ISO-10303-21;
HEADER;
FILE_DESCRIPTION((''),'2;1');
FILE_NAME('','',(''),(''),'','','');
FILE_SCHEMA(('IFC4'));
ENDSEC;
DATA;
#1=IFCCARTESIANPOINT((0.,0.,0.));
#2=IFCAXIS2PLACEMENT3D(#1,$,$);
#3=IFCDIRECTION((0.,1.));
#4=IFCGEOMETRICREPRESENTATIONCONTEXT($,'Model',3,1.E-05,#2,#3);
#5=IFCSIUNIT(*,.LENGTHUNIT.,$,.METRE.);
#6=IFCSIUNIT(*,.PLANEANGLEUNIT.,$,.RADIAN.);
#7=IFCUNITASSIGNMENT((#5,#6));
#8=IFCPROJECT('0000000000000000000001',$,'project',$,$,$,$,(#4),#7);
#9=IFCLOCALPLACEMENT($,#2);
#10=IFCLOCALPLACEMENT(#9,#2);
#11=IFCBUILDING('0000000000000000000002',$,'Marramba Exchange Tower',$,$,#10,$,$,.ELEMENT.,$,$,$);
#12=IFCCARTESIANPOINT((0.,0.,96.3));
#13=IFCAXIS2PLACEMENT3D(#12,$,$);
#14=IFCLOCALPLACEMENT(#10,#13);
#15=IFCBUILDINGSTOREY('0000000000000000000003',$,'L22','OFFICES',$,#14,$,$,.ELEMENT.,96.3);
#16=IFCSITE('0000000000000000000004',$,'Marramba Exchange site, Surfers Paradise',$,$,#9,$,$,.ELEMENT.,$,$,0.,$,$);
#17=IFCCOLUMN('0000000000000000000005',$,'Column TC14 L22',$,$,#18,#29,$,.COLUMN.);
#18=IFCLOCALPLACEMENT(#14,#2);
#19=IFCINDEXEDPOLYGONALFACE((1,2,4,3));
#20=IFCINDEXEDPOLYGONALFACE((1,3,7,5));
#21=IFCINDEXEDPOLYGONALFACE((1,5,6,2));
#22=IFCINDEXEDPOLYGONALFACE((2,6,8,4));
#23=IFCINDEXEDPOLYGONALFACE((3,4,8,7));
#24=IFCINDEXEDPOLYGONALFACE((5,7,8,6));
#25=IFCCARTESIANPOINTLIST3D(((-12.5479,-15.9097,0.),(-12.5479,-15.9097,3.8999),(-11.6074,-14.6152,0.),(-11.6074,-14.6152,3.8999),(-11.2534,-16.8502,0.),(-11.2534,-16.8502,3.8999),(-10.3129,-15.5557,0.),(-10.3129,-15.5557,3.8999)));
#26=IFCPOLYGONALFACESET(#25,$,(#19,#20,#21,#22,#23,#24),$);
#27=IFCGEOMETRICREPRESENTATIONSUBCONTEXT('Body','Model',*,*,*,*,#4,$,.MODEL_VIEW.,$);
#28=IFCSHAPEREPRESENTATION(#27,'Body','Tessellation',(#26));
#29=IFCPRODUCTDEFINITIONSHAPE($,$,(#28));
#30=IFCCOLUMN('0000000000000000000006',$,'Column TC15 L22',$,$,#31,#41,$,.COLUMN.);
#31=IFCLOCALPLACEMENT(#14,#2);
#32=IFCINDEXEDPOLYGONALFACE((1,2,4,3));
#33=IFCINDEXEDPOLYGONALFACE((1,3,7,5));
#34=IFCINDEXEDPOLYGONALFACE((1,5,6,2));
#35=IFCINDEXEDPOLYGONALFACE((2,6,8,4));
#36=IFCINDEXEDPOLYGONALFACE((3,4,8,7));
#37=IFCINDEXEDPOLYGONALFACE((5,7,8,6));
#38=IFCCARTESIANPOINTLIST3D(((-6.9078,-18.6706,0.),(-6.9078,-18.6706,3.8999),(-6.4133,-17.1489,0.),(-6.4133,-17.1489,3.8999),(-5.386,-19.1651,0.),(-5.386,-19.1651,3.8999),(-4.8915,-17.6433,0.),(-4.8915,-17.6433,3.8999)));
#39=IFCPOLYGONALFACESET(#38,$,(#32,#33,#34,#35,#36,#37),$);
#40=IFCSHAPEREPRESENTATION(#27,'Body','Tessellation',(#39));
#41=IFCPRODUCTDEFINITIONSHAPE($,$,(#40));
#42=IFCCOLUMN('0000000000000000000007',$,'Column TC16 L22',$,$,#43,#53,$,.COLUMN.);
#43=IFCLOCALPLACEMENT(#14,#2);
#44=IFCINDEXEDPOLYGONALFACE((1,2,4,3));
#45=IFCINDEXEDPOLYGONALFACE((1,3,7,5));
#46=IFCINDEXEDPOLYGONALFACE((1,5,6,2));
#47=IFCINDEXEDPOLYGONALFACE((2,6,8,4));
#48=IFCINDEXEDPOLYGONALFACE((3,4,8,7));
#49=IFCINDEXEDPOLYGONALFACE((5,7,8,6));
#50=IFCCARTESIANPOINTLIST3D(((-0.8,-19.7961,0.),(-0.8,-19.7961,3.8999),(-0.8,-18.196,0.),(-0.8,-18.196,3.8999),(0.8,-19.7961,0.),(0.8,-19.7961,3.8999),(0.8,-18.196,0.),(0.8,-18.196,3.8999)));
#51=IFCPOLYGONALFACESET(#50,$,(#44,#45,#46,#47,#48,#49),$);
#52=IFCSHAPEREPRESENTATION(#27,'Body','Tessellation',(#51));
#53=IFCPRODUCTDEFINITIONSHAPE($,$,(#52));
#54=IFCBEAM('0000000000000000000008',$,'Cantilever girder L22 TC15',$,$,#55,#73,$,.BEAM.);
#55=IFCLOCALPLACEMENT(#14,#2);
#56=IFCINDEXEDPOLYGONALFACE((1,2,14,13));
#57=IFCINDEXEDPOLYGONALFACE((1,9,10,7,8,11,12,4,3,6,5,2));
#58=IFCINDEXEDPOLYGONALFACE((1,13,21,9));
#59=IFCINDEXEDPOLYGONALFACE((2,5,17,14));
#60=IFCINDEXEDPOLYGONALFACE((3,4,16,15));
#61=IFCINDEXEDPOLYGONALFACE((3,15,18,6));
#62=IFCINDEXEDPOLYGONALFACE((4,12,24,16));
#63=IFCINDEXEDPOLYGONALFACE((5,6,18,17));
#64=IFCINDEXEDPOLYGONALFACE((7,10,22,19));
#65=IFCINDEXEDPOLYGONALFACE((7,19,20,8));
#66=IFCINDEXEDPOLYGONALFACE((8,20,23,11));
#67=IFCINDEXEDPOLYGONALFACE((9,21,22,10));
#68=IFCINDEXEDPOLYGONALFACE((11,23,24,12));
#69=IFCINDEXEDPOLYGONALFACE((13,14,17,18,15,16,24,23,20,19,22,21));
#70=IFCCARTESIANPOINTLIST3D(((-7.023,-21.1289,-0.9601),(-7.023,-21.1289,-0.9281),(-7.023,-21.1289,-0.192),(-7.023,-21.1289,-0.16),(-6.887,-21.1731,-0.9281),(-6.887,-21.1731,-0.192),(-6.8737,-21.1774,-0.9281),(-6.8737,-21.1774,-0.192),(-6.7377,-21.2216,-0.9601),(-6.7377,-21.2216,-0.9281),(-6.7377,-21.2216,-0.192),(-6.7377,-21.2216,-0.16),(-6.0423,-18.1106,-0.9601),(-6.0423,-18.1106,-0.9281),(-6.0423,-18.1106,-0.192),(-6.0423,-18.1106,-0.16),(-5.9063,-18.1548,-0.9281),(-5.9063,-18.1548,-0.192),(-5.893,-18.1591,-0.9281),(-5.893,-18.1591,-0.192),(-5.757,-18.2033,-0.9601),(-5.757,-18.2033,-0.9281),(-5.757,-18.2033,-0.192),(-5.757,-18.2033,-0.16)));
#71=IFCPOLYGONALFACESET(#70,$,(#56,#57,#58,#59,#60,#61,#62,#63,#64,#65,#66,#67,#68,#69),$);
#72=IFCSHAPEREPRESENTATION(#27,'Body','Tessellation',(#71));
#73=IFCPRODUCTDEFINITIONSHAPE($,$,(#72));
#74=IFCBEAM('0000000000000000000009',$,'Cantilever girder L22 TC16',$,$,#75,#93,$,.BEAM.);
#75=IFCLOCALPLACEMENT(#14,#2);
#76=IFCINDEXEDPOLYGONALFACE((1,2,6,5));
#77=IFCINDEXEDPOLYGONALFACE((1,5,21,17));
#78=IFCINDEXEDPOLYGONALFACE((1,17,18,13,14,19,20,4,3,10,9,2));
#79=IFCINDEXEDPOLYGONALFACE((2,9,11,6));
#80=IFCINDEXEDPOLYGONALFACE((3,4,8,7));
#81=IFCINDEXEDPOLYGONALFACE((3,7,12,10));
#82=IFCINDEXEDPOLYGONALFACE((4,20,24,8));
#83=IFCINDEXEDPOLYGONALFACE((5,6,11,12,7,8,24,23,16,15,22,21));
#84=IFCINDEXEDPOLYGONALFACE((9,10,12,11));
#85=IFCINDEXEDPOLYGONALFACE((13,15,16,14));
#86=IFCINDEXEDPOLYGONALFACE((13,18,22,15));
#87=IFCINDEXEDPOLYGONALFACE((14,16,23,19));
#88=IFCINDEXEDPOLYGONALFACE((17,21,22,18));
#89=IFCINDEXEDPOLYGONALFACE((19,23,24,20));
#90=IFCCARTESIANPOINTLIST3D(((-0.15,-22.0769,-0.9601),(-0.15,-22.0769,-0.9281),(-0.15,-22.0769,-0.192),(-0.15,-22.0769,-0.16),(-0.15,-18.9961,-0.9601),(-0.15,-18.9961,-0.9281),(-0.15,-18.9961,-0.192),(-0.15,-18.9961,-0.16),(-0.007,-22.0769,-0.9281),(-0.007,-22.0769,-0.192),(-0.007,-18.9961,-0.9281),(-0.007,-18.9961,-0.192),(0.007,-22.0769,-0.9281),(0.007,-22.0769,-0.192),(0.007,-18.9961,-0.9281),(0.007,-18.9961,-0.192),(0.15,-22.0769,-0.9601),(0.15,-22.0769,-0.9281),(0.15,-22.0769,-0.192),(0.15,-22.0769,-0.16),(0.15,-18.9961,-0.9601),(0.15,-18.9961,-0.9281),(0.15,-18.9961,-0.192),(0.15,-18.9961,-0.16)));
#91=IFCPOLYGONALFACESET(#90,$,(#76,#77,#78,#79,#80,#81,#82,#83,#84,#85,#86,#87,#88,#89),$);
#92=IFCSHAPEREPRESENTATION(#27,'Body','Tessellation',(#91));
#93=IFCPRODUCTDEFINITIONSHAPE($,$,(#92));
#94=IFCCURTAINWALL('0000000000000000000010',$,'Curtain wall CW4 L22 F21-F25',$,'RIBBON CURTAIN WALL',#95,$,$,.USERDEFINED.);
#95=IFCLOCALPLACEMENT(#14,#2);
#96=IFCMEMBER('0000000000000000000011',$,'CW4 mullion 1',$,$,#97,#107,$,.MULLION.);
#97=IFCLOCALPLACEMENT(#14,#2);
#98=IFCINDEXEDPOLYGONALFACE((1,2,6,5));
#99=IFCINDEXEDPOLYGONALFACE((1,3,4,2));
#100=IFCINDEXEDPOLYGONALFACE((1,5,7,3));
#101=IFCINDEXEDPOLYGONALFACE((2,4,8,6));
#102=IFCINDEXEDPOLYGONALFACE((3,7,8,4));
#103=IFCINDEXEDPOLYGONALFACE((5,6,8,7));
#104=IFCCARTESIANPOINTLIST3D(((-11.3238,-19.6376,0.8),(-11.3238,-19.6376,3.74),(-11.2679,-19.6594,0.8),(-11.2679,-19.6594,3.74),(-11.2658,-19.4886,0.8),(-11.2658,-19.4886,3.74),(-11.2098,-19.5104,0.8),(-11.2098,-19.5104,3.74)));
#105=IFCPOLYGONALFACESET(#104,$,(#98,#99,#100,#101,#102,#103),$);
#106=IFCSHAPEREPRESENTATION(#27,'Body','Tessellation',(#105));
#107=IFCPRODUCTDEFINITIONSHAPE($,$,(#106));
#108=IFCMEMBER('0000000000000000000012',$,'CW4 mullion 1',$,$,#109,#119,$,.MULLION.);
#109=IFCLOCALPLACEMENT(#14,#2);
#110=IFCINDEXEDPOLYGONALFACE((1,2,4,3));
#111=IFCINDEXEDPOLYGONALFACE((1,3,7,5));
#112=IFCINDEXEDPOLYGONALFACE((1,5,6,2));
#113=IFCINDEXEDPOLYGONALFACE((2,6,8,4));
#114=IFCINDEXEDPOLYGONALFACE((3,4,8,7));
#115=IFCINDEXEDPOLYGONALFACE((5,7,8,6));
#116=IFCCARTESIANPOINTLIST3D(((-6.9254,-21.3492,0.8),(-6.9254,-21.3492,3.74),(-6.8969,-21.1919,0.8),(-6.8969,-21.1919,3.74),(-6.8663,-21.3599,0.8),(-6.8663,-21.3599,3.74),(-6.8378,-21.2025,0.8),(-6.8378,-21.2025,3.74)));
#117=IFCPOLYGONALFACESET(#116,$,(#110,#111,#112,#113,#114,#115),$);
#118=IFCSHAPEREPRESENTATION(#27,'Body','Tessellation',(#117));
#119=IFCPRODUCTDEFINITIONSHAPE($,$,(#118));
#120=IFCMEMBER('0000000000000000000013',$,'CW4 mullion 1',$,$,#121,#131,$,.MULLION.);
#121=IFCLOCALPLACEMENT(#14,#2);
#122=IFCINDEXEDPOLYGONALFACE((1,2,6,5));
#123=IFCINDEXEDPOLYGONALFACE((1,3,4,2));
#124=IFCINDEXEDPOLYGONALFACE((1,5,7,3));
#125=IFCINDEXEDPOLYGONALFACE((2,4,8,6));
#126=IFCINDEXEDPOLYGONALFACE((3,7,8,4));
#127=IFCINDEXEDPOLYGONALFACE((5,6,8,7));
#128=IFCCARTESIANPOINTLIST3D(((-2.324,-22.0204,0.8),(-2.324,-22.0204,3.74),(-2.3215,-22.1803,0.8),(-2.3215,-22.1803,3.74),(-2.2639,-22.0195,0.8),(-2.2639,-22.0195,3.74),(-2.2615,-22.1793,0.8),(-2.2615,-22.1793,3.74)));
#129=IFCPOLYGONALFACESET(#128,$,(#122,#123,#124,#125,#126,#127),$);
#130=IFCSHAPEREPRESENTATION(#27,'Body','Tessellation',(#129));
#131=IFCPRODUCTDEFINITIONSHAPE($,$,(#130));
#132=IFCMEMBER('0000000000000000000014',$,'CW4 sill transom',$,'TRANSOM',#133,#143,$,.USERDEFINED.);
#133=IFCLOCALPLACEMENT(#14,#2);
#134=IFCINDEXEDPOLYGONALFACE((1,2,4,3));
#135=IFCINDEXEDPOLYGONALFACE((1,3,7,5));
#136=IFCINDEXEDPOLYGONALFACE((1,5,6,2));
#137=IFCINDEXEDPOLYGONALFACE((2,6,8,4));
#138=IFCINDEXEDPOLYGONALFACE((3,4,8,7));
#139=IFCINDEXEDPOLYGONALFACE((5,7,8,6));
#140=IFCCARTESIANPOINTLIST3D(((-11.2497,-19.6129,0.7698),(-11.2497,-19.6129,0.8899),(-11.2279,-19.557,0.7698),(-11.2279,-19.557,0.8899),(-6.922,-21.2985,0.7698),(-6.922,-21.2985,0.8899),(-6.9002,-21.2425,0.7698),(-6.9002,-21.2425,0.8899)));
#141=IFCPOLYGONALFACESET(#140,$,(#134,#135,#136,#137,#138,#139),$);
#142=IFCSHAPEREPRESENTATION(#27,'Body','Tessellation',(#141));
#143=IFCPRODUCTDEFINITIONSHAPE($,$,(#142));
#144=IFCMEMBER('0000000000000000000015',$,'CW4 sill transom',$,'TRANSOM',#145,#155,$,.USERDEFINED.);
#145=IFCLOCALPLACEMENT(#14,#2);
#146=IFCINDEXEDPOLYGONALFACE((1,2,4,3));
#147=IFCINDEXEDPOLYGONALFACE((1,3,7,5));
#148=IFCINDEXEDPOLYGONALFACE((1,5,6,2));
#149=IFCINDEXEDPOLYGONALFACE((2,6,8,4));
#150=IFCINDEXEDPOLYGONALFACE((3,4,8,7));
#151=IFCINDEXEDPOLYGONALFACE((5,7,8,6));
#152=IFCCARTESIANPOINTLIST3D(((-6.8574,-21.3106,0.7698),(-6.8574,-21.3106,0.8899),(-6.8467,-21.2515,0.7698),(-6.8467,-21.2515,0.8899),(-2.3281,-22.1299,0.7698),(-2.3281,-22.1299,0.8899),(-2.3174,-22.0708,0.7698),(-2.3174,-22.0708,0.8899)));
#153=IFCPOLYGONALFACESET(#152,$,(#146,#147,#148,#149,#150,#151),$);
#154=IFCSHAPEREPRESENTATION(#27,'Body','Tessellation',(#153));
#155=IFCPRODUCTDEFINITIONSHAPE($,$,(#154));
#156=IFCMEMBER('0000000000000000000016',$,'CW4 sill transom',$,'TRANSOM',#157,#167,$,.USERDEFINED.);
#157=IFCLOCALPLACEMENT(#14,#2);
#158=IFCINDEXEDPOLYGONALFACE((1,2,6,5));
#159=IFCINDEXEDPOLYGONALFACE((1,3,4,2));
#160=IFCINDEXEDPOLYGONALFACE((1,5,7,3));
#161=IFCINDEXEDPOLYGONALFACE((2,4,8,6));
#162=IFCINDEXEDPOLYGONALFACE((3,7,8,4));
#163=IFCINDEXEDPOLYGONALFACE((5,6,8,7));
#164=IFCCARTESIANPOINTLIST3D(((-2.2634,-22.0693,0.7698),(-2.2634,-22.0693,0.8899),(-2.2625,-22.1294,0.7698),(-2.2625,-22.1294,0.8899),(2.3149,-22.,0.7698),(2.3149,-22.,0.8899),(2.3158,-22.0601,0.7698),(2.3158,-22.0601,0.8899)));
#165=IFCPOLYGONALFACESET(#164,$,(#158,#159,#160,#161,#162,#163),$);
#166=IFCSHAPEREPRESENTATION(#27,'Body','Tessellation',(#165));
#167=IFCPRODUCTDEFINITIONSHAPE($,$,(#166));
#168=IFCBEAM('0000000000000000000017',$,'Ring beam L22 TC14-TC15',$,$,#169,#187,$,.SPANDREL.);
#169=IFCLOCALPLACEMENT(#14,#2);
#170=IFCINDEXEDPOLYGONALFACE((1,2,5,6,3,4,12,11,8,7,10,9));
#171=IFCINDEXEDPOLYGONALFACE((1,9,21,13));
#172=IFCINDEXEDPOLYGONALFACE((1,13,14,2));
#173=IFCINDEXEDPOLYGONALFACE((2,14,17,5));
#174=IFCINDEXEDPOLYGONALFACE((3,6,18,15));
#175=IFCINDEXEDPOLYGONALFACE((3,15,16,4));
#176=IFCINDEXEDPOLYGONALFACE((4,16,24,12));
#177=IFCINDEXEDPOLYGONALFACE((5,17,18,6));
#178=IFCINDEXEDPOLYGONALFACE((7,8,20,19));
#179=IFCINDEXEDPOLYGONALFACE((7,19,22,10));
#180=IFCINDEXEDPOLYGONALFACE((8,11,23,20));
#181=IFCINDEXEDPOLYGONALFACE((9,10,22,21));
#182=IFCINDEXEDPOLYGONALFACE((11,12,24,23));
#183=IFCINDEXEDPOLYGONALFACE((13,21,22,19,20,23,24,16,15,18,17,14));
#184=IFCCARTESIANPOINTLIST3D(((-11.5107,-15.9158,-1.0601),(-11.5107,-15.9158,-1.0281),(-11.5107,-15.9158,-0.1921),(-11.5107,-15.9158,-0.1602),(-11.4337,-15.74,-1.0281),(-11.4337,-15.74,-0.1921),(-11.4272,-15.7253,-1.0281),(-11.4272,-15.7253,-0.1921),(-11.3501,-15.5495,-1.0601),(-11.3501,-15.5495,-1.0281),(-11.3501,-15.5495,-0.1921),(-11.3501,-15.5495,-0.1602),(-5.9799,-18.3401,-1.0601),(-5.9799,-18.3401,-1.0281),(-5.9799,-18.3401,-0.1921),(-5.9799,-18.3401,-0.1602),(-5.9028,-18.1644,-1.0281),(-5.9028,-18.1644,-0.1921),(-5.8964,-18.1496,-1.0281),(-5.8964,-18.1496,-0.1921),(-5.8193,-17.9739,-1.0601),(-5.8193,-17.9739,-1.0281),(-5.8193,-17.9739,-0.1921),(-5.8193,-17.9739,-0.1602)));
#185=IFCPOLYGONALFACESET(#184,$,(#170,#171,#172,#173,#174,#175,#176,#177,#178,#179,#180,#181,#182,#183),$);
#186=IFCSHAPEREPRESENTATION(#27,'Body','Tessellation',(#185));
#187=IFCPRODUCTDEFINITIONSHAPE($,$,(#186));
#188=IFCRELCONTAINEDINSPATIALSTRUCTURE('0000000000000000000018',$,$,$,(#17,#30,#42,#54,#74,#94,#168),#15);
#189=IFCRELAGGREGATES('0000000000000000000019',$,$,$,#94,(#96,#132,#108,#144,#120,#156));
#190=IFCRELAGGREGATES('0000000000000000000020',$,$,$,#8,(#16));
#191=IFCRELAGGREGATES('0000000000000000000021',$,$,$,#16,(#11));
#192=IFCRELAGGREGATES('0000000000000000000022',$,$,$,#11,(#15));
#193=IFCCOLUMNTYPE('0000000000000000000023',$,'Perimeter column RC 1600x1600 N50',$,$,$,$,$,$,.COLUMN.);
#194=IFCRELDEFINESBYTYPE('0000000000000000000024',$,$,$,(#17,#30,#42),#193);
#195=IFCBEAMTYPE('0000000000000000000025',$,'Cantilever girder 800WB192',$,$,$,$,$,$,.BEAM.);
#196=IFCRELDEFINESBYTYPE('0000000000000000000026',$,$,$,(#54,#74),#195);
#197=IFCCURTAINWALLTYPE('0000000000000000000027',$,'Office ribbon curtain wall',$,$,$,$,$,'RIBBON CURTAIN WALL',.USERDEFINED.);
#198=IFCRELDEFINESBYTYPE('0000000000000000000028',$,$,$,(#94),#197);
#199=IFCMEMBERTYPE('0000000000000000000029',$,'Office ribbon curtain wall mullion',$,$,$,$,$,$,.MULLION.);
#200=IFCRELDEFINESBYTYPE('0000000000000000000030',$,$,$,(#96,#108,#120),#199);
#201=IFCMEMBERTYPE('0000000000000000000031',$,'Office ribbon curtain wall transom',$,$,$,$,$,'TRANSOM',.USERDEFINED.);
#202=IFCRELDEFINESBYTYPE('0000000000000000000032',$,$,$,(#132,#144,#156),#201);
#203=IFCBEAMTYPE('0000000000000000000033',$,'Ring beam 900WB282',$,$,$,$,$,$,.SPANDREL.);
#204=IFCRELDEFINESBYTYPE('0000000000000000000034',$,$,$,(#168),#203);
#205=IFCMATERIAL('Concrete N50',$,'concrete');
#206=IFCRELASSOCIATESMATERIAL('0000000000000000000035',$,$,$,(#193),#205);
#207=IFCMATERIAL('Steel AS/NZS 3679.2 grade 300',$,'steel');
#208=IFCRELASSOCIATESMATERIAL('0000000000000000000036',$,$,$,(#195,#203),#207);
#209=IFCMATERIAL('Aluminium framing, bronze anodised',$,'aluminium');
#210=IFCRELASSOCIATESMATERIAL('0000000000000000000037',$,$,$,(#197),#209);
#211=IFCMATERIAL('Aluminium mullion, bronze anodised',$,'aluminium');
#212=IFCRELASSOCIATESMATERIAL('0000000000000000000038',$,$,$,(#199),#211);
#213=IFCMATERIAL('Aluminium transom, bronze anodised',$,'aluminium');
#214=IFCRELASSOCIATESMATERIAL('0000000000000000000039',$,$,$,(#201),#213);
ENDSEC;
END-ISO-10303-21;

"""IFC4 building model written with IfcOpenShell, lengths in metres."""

from ifc_helpers import new_model, si_unit, direction, frame, origin, origin_2d, place, context, subcontext, project, spatial, rectangle, i_section, extrude, material, material_profile, profile_set, type_object, element, aggregate, save


model = new_model("IFC4")

# Units and contexts
model_context = context("Model", 3, precision=1e-05, world=origin(), true_north=direction((0.0, 1.0)))
body_context = subcontext(model_context, "Body", "Model", "MODEL_VIEW")
ifc_project = project(units=[si_unit("LENGTHUNIT", "METRE"), si_unit("PLANEANGLEUNIT", "RADIAN")], contexts=[model_context])

# Site, building, storey
site_placement = place(None, origin())
site = spatial("IfcSite", under=ifc_project, at=site_placement, Name="Marramba Exchange site, Surfers Paradise", CompositionType="ELEMENT", RefElevation=0.0)
building_placement = place(site_placement, origin())
building = spatial("IfcBuilding", under=site, at=building_placement, Name="Marramba Exchange Tower", CompositionType="ELEMENT")
storey_placement = place(building_placement, frame((0.0, 0.0, 96.3)))
storey = spatial("IfcBuildingStorey", under=building, at=storey_placement, Name="L22", Description="OFFICES", CompositionType="ELEMENT", Elevation=96.3)

# Columns
ifc_material_1 = material(Name="Concrete N50", Category="concrete")
ifc_material_profile_1 = material_profile(ifc_material_1, rectangle(XDim=1.6001, YDim=1.6001, at=origin_2d()), Name="RC 1600x1600")
ifc_profile_set_1 = profile_set([ifc_material_profile_1], Name="Concrete N50")
column_type = type_object("IfcColumnType", Name="Perimeter column RC 1600x1600 N50", PredefinedType="COLUMN", material=ifc_profile_set_1)
for number, where, z_axis, x_axis, name in (
    (1, (-11.4304, -15.7327, 0.0), (0.0, 0.0, 1.0), (-0.587785, -0.809017, 0.0), "Column TC14 L22"),
    (2, (-5.8997, -18.157, 0.0), (0.0, 0.0, 1.0), (-0.309017, -0.951057, 0.0), "Column TC15 L22"),
    (3, (0.0, -18.9961, 0.0), (0.0, 0.0, 1.0), (0.0, -1.0, 0.0), "Column TC16 L22"),
):
    element("IfcColumn", number, at=place(storey_placement, frame(where, z_axis=z_axis, x_axis=x_axis)), inside=storey, type_object=column_type, Name=name, PredefinedType="COLUMN", context=body_context, shape_type="SweptSolid", body=[
        extrude(rectangle(XDim=1.6001, YDim=1.6001, at=origin_2d()), origin(), (0.0, 0.0, 1.0), 3.8999),
    ])

# Beams
ifc_material_2 = material(Name="Steel AS/NZS 3679.2 grade 300", Category="steel")
ifc_material_profile_2 = material_profile(ifc_material_2, i_section(OverallWidth=0.3, OverallDepth=0.8, WebThickness=0.0139, FlangeThickness=0.032, at=origin_2d()), Name="800WB192")
ifc_profile_set_2 = profile_set([ifc_material_profile_2], Name="Steel AS/NZS 3679.2 grade 300")
beam_type_1 = type_object("IfcBeamType", Name="Cantilever girder 800WB192", PredefinedType="BEAM", material=ifc_profile_set_2)
beam_1_placement = place(storey_placement, frame((-5.8997, -18.157, -0.5601), z_axis=(-0.309018, -0.951056, 0.0), x_axis=(0.951056, -0.309018, 0.0)))
element("IfcBeam", 4, at=beam_1_placement, inside=storey, type_object=beam_type_1, Name="Cantilever girder L22 TC15", PredefinedType="BEAM", context=body_context, shape_type="SweptSolid", body=[
    extrude(i_section(OverallWidth=0.3, OverallDepth=0.8, WebThickness=0.0139, FlangeThickness=0.032, at=origin_2d()), origin(), (0.0, 0.0, 1.0), 3.1736),
])
beam_2_placement = place(storey_placement, frame((0.0, -18.9961, -0.5601), z_axis=(0.0, -1.0, 0.0), x_axis=(1.0, 0.0, 0.0)))
element("IfcBeam", 5, at=beam_2_placement, inside=storey, type_object=beam_type_1, Name="Cantilever girder L22 TC16", PredefinedType="BEAM", context=body_context, shape_type="SweptSolid", body=[
    extrude(i_section(OverallWidth=0.3, OverallDepth=0.8, WebThickness=0.0139, FlangeThickness=0.032, at=origin_2d()), origin(), (0.0, 0.0, 1.0), 3.0808),
])

# Curtain wall, members
ifc_material_3 = material(Name="Aluminium framing, bronze anodised", Category="aluminium")
curtain_wall_type = type_object("IfcCurtainWallType", Name="Office ribbon curtain wall", ElementType="RIBBON CURTAIN WALL", PredefinedType="USERDEFINED", material=ifc_material_3)
curtain_wall_placement = place(storey_placement, origin())
curtain_wall = element("IfcCurtainWall", 6, at=curtain_wall_placement, inside=storey, type_object=curtain_wall_type, Name="Curtain wall CW4 L22 F21-F25", ObjectType="RIBBON CURTAIN WALL", PredefinedType="USERDEFINED")
ifc_material_4 = material(Name="Aluminium mullion, bronze anodised", Category="aluminium")
ifc_material_profile_3 = material_profile(ifc_material_4, rectangle(XDim=0.1599, YDim=0.0601, at=origin_2d()), Name="CW4 mullion 60x160")
ifc_profile_set_3 = profile_set([ifc_material_profile_3], Name="Aluminium mullion, bronze anodised")
member_type_1 = type_object("IfcMemberType", Name="Office ribbon curtain wall mullion", PredefinedType="MULLION", material=ifc_profile_set_3)
member_1_placement = place(storey_placement, frame((-11.2668, -19.574, 0.8), z_axis=(0.0, 0.0, 1.0), x_axis=(0.362925, 0.931818, 0.0)))
member_1 = element("IfcMember", 7, at=member_1_placement, type_object=member_type_1, Name="CW4 mullion 1", PredefinedType="MULLION", context=body_context, shape_type="SweptSolid", body=[
    extrude(rectangle(XDim=0.1599, YDim=0.0601, at=origin_2d()), origin(), (0.0, 0.0, 1.0), 2.9399),
])
member_2_placement = place(storey_placement, frame((-6.8816, -21.2759, 0.8), z_axis=(0.0, 0.0, 1.0), x_axis=(0.177992, 0.984032, 0.0)))
member_2 = element("IfcMember", 8, at=member_2_placement, type_object=member_type_1, Name="CW4 mullion 1", PredefinedType="MULLION", context=body_context, shape_type="SweptSolid", body=[
    extrude(rectangle(XDim=0.1599, YDim=0.0601, at=origin_2d()), origin(), (0.0, 0.0, 1.0), 2.9399),
])
member_3_placement = place(storey_placement, frame((-2.2927, -22.0999, 0.8), z_axis=(0.0, 0.0, 1.0), x_axis=(-0.015179, 0.999885, 0.0)))
member_3 = element("IfcMember", 9, at=member_3_placement, type_object=member_type_1, Name="CW4 mullion 1", PredefinedType="MULLION", context=body_context, shape_type="SweptSolid", body=[
    extrude(rectangle(XDim=0.1599, YDim=0.0601, at=origin_2d()), origin(), (0.0, 0.0, 1.0), 2.9399),
])
ifc_material_5 = material(Name="Aluminium transom, bronze anodised", Category="aluminium")
ifc_material_profile_4 = material_profile(ifc_material_5, rectangle(XDim=0.0601, YDim=0.1201, at=origin_2d()), Name="CW4 transom 60x120")
ifc_profile_set_4 = profile_set([ifc_material_profile_4], Name="Aluminium transom, bronze anodised")
member_type_2 = type_object("IfcMemberType", Name="Office ribbon curtain wall transom", ElementType="TRANSOM", PredefinedType="USERDEFINED", material=ifc_profile_set_4)
member_4_placement = place(storey_placement, frame((-11.2388, -19.585, 0.8298), z_axis=(0.931817, -0.362928, 0.0), x_axis=(0.362928, 0.931817, 0.0)))
member_4 = element("IfcMember", 10, at=member_4_placement, type_object=member_type_2, Name="CW4 sill transom", ObjectType="TRANSOM", PredefinedType="USERDEFINED", context=body_context, shape_type="SweptSolid", body=[
    extrude(rectangle(XDim=0.0601, YDim=0.1201, at=origin_2d()), origin(), (0.0, 0.0, 1.0), 4.6443),
])
member_5_placement = place(storey_placement, frame((-6.8521, -21.281, 0.8298), z_axis=(0.984029, -0.178008, 0.0), x_axis=(0.178008, 0.984029, 0.0)))
member_5 = element("IfcMember", 11, at=member_5_placement, type_object=member_type_2, Name="CW4 sill transom", ObjectType="TRANSOM", PredefinedType="USERDEFINED", context=body_context, shape_type="SweptSolid", body=[
    extrude(rectangle(XDim=0.0601, YDim=0.1201, at=origin_2d()), origin(), (0.0, 0.0, 1.0), 4.6028),
])
member_6_placement = place(storey_placement, frame((-2.2629, -22.0994, 0.8298), z_axis=(0.999885, 0.015143, 0.0), x_axis=(-0.015143, 0.999885, 0.0)))
member_6 = element("IfcMember", 12, at=member_6_placement, type_object=member_type_2, Name="CW4 sill transom", ObjectType="TRANSOM", PredefinedType="USERDEFINED", context=body_context, shape_type="SweptSolid", body=[
    extrude(rectangle(XDim=0.0601, YDim=0.1201, at=origin_2d()), origin(), (0.0, 0.0, 1.0), 4.5789),
])

# Beam
ifc_material_profile_5 = material_profile(ifc_material_2, i_section(OverallWidth=0.3999, OverallDepth=0.8999, WebThickness=0.0161, FlangeThickness=0.032, at=origin_2d()), Name="900WB282")
ifc_profile_set_5 = profile_set([ifc_material_profile_5], Name="Steel AS/NZS 3679.2 grade 300")
beam_type_2 = type_object("IfcBeamType", Name="Ring beam 900WB282", PredefinedType="SPANDREL", material=ifc_profile_set_5)
beam_3_placement = place(storey_placement, frame((-11.4304, -15.7327, -0.6101), z_axis=(0.915877, -0.401459, 0.0), x_axis=(0.401459, 0.915877, 0.0)))
element("IfcBeam", 13, at=beam_3_placement, inside=storey, type_object=beam_type_2, Name="Ring beam L22 TC14-TC15", PredefinedType="SPANDREL", context=body_context, shape_type="SweptSolid", body=[
    extrude(i_section(OverallWidth=0.3999, OverallDepth=0.8999, WebThickness=0.0161, FlangeThickness=0.032, at=origin_2d()), origin(), (0.0, 0.0, 1.0), 6.0388),
])

aggregate(curtain_wall, [member_1, member_4, member_2, member_5, member_3, member_6])

save(model, "model.ifc")
